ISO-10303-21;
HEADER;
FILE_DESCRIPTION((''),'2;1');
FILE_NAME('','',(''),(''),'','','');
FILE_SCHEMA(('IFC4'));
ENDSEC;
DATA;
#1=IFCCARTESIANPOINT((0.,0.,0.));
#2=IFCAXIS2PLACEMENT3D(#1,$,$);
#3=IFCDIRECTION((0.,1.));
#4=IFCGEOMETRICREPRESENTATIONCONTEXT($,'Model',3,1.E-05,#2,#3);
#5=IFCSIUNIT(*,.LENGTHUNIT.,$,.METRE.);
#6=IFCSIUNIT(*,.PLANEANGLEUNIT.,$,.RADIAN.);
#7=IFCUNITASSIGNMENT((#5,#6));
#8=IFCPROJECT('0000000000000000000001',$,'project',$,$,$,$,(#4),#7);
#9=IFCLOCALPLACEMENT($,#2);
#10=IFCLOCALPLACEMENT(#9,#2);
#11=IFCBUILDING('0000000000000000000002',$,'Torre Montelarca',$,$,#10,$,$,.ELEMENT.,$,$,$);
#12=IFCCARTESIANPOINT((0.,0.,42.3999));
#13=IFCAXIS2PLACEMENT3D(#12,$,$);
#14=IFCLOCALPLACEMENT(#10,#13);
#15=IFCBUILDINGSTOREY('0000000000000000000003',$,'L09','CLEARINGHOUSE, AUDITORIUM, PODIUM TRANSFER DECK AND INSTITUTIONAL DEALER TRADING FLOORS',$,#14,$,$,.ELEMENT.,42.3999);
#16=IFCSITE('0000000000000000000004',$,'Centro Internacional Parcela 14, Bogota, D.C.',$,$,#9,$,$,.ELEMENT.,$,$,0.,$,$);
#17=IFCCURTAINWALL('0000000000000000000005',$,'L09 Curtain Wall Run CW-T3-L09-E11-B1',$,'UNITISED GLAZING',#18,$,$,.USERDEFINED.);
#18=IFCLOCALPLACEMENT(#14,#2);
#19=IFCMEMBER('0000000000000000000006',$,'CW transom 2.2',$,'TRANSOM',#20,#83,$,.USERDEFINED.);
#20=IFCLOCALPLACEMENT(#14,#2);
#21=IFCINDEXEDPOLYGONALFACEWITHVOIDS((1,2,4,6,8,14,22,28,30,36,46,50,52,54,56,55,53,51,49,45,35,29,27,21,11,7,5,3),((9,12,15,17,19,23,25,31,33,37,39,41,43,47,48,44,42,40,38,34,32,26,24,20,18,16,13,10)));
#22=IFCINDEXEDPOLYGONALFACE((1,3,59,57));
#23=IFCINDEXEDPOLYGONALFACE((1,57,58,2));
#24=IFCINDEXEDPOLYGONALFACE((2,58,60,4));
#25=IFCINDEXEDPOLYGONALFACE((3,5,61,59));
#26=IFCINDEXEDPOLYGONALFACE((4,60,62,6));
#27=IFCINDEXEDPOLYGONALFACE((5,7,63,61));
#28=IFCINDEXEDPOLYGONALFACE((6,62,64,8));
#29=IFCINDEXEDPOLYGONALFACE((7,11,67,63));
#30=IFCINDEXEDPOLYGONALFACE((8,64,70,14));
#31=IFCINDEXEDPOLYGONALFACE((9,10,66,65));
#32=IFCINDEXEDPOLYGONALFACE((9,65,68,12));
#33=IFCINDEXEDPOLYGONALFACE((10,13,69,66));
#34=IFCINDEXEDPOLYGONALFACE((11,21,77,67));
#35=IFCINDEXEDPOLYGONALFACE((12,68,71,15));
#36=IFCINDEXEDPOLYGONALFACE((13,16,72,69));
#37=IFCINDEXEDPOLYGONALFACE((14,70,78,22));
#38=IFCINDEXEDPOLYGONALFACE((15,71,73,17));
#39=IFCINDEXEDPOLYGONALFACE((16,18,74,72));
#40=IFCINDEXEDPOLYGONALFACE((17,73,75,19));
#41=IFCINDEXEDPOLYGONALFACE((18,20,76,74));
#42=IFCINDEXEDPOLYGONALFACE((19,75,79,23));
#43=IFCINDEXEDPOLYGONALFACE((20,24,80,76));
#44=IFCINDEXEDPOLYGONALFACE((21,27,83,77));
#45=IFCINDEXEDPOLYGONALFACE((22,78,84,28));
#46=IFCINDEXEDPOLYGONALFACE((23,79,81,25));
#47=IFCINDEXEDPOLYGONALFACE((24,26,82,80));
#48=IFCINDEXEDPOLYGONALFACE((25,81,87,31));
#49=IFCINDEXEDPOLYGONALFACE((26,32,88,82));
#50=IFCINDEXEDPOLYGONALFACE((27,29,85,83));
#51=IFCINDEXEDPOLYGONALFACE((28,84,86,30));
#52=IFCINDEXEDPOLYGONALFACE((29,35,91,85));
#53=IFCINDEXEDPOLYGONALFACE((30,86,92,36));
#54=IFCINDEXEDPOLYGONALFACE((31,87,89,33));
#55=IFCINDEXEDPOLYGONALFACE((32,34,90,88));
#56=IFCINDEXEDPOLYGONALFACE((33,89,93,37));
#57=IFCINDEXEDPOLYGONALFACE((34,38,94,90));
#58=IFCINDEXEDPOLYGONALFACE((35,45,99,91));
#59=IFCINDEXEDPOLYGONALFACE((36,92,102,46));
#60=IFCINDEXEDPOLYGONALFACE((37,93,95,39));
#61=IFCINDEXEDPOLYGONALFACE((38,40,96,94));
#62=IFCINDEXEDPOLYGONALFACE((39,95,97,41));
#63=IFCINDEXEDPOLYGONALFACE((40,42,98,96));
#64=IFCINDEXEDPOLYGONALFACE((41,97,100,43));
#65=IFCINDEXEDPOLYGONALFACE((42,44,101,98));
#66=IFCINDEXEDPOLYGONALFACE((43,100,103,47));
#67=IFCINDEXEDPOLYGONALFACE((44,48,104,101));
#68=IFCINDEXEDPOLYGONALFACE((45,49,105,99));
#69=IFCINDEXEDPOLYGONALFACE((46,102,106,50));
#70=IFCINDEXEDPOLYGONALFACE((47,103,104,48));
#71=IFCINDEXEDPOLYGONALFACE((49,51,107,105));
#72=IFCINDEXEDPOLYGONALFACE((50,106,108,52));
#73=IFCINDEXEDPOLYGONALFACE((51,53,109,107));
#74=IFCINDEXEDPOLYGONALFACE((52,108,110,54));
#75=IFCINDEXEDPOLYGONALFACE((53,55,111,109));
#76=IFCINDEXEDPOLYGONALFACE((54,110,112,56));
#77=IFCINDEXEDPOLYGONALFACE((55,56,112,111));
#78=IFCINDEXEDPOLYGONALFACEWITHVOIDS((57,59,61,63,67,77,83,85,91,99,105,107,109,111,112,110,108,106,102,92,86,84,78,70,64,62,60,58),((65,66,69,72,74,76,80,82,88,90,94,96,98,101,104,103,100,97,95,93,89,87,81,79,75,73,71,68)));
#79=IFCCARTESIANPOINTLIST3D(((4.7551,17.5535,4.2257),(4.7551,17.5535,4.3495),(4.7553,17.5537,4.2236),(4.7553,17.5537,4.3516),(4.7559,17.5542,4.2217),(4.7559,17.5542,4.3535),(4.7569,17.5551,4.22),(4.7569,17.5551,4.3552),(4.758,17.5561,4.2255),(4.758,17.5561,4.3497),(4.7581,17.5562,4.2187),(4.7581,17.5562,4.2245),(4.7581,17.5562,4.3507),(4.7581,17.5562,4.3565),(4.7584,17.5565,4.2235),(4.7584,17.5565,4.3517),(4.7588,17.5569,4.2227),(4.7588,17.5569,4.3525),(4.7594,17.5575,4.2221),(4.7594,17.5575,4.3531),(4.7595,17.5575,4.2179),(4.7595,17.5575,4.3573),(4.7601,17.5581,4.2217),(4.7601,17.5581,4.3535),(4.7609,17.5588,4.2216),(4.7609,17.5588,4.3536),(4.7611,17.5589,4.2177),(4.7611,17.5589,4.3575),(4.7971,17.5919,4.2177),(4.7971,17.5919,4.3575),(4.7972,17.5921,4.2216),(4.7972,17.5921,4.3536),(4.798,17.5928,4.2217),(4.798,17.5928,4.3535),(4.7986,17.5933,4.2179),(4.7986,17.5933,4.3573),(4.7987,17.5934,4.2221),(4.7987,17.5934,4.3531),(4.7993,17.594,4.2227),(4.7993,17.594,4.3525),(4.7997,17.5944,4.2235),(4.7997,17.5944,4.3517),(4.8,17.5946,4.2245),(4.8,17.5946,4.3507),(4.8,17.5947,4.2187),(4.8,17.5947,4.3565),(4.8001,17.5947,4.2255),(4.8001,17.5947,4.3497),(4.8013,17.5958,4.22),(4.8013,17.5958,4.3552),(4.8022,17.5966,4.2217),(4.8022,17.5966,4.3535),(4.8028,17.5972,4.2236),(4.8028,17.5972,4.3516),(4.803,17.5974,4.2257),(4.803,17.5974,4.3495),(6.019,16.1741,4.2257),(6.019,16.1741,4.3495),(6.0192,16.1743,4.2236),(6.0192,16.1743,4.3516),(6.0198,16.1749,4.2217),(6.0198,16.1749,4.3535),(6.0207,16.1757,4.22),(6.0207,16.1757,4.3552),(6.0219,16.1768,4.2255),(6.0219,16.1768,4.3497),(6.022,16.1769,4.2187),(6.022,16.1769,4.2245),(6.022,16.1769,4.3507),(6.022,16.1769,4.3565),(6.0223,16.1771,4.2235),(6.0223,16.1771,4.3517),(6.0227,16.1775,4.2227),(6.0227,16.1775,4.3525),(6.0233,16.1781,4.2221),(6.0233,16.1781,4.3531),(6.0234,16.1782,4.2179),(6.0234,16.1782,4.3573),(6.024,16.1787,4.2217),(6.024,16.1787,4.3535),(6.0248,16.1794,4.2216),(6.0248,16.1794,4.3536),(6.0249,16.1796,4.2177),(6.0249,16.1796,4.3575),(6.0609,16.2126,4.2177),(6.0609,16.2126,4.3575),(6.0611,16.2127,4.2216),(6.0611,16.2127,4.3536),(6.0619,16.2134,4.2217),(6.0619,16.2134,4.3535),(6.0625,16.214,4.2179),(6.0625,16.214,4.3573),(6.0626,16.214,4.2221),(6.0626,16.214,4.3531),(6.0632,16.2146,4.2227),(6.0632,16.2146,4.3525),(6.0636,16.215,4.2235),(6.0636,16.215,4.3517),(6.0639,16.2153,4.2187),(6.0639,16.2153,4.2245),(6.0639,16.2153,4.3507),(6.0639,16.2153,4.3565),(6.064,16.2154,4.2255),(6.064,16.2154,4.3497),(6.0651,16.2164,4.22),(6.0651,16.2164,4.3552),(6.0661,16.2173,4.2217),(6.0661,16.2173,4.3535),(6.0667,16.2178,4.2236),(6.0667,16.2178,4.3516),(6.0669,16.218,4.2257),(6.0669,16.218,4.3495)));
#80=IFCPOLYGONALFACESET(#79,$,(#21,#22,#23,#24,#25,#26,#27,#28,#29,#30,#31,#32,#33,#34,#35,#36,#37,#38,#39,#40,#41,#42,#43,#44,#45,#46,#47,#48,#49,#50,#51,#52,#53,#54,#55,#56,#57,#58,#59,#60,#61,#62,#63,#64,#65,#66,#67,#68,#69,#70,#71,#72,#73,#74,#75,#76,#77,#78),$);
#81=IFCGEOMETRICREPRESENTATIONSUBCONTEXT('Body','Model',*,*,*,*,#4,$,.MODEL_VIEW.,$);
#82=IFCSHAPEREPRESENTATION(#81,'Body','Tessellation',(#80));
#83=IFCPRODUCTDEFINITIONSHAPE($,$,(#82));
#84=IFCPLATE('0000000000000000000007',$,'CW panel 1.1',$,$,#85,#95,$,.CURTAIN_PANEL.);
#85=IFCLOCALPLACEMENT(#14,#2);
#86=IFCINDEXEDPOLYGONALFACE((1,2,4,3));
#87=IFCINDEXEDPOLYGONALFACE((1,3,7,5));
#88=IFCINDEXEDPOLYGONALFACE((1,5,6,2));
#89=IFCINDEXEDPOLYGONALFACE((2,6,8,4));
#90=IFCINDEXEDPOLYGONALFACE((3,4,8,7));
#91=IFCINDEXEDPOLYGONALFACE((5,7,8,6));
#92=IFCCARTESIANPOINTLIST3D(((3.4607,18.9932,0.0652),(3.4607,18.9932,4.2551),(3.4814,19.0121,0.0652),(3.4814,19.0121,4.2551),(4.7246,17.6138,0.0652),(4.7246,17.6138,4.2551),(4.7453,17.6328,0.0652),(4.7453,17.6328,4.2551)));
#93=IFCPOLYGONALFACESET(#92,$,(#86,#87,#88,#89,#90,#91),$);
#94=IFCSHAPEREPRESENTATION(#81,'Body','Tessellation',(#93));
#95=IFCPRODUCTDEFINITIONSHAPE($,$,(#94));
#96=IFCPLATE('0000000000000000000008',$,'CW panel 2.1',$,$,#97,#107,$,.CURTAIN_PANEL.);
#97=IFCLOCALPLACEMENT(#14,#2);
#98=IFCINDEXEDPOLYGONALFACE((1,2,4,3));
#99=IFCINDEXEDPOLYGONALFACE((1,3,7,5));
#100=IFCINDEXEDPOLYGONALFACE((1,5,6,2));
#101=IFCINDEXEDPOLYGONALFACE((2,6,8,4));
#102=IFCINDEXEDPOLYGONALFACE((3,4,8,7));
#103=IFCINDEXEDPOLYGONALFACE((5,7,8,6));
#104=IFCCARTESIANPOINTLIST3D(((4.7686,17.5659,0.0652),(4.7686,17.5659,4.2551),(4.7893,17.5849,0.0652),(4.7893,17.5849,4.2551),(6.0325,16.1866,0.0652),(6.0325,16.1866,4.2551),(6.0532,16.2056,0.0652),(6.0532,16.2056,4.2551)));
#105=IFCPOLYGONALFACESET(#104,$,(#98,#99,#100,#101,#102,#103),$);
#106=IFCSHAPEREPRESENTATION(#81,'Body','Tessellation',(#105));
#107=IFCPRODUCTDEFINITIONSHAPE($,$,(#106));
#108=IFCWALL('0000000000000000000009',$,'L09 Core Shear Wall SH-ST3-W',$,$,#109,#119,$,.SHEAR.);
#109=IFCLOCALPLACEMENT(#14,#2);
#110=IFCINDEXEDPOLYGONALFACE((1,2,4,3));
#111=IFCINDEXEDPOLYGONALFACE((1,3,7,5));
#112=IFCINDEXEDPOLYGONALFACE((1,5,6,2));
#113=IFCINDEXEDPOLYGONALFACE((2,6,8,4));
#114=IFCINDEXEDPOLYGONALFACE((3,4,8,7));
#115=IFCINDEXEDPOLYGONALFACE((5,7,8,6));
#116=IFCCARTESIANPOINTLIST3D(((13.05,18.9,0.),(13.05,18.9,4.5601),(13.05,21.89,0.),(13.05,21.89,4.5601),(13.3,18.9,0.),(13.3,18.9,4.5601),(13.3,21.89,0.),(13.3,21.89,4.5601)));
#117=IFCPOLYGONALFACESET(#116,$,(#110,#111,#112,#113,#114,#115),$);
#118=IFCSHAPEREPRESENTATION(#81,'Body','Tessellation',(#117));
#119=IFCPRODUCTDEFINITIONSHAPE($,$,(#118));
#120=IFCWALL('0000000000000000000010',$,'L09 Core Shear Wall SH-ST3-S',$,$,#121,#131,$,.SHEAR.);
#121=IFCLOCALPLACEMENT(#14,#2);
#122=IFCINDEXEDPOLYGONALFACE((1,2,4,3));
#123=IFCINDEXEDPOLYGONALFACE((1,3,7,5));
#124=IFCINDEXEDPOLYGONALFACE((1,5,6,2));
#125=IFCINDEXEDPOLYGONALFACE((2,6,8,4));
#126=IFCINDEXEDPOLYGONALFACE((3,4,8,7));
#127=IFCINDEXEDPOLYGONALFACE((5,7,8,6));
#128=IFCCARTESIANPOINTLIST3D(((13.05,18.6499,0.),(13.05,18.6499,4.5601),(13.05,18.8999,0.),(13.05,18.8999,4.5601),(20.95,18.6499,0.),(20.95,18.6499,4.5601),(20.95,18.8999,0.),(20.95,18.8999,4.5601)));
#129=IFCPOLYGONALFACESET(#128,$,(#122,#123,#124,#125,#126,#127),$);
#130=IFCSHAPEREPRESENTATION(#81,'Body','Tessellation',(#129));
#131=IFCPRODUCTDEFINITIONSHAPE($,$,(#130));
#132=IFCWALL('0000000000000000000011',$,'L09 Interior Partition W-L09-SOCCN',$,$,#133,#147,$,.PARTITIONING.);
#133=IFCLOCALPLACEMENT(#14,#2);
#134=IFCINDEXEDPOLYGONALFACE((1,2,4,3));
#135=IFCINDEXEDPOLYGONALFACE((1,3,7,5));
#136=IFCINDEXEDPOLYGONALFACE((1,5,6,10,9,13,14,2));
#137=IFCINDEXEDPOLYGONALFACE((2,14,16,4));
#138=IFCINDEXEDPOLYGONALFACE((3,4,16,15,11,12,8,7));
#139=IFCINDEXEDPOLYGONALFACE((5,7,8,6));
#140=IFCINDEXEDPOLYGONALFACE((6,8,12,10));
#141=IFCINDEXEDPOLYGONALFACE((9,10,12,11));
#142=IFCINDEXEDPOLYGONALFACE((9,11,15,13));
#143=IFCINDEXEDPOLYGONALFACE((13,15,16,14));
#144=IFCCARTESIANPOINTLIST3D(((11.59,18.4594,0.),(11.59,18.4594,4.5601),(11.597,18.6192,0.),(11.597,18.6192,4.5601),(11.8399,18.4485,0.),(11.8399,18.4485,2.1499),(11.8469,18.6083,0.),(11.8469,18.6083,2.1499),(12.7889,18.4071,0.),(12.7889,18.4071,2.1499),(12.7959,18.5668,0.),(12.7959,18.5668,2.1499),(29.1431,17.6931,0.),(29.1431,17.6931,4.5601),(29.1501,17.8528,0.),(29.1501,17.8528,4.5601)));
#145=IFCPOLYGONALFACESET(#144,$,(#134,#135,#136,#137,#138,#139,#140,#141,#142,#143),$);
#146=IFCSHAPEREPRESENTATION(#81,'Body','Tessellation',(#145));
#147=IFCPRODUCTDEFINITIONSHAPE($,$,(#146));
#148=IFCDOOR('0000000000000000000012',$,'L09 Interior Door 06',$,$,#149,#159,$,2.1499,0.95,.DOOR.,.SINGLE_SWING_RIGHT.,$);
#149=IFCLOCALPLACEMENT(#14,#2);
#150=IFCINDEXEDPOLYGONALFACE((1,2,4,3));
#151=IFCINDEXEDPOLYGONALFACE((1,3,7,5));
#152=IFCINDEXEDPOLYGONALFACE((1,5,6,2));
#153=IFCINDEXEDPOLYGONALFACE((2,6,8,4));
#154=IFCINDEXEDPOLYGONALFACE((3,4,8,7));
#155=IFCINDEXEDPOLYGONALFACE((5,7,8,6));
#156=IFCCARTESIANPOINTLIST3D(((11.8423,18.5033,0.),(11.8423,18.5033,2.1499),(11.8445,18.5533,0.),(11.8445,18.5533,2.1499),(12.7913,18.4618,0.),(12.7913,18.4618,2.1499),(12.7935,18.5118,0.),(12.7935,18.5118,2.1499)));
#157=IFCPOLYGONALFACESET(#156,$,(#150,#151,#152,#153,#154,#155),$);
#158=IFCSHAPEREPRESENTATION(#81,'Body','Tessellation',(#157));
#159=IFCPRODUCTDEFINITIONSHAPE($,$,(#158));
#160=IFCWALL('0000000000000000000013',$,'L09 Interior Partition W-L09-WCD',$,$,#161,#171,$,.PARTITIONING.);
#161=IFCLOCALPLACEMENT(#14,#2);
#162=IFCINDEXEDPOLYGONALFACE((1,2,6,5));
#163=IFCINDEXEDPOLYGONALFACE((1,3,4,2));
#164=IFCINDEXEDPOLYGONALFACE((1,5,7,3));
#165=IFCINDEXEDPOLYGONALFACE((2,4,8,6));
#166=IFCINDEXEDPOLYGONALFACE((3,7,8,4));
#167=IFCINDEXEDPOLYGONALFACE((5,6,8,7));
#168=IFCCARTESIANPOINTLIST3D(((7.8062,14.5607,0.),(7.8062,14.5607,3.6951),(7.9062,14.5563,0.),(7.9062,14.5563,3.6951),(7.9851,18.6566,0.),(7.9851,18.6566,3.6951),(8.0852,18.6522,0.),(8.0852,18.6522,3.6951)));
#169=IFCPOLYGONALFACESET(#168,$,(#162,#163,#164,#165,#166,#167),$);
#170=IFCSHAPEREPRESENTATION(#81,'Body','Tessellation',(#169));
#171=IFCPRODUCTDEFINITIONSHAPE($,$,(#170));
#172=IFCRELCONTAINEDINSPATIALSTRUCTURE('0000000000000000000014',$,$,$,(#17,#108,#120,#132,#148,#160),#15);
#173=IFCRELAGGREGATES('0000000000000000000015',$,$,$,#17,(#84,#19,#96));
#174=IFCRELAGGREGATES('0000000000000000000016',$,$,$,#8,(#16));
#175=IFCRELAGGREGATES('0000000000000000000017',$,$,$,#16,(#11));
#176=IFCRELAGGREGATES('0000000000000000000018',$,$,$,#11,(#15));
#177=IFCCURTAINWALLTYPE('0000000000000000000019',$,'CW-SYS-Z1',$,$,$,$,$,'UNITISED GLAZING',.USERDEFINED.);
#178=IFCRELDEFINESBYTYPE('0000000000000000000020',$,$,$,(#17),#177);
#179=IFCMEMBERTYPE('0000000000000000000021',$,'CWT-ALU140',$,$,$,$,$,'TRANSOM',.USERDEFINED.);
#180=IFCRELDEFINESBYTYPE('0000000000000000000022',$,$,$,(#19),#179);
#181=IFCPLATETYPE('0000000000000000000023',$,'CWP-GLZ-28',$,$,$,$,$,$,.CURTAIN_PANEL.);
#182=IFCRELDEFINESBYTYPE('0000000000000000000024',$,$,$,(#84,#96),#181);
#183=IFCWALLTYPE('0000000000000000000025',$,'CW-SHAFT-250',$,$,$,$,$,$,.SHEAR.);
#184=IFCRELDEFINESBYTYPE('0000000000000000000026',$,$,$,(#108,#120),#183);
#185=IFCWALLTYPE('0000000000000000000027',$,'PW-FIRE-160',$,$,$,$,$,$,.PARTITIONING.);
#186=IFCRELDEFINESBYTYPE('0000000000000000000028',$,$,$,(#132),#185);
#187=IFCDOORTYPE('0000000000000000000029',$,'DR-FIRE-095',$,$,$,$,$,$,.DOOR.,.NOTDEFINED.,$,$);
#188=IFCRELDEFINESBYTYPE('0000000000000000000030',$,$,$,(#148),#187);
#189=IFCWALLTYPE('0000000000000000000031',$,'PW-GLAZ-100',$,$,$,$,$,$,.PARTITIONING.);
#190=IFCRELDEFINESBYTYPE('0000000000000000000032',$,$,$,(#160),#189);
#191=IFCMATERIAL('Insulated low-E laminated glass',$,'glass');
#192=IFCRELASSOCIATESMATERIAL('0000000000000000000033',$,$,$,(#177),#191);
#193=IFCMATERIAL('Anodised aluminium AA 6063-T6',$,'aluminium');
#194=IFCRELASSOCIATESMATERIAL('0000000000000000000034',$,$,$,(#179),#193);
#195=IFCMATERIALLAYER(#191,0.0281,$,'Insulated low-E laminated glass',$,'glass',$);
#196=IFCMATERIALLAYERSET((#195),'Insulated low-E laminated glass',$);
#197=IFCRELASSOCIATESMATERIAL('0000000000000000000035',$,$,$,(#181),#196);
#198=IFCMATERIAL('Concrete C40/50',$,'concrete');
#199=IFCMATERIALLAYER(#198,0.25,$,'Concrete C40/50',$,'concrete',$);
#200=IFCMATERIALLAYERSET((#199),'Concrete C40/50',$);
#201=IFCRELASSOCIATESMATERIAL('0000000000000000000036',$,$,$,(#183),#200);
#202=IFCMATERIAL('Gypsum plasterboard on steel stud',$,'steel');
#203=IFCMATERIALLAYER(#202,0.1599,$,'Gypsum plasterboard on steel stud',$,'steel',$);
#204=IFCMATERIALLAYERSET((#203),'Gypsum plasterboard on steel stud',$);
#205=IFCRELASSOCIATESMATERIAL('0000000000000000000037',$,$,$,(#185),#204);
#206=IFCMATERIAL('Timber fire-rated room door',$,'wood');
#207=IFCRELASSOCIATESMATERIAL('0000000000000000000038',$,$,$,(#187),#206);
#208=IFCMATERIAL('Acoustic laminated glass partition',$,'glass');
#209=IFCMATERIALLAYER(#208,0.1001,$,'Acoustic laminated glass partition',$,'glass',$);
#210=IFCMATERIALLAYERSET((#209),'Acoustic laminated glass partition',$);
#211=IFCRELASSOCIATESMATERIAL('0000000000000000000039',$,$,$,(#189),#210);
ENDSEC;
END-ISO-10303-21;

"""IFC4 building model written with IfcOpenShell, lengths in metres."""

from ifc_helpers import new_model, si_unit, direction, frame, frame_2d, origin, origin_2d, place, context, subcontext, project, spatial, rectangle, hollow_rectangle, extrude, source, transform, mapped, material, layer, layer_set, material_profile, profile_set, type_object, element, fill, aggregate, save


model = new_model("IFC4")

# Units and contexts
model_context = context("Model", 3, precision=1e-05, world=origin(), true_north=direction((0.0, 1.0)))
body_context = subcontext(model_context, "Body", "Model", "MODEL_VIEW")
ifc_project = project(units=[si_unit("LENGTHUNIT", "METRE"), si_unit("PLANEANGLEUNIT", "RADIAN")], contexts=[model_context])

# Site, building, storey
site_placement = place(None, origin())
site = spatial("IfcSite", under=ifc_project, at=site_placement, Name="Centro Internacional Parcela 14, Bogota, D.C.", CompositionType="ELEMENT", RefElevation=0.0)
building_placement = place(site_placement, origin())
building = spatial("IfcBuilding", under=site, at=building_placement, Name="Torre Montelarca", CompositionType="ELEMENT")
storey_placement = place(building_placement, frame((0.0, 0.0, 42.3999)))
storey = spatial("IfcBuildingStorey", under=building, at=storey_placement, Name="L09", Description="CLEARINGHOUSE, AUDITORIUM, PODIUM TRANSFER DECK AND INSTITUTIONAL DEALER TRADING FLOORS", CompositionType="ELEMENT", Elevation=42.3999)

# Shared definitions
ifc_material_1 = material(Name="Insulated low-E laminated glass", Category="glass")
curtain_wall_type = type_object("IfcCurtainWallType", Name="CW-SYS-Z1", ElementType="UNITISED GLAZING", PredefinedType="USERDEFINED", material=ifc_material_1)
ifc_material_2 = material(Name="Anodised aluminium AA 6063-T6", Category="aluminium")

# Curtain wall, member, plates
curtain_wall_1_placement = place(storey_placement, origin())
curtain_wall_1 = element("IfcCurtainWall", 1, at=curtain_wall_1_placement, inside=storey, type_object=curtain_wall_type, Name="L09 Curtain Wall Run CW-T3-L09-E11-B1", ObjectType="UNITISED GLAZING", PredefinedType="USERDEFINED")
ifc_material_profile_1 = material_profile(ifc_material_2, hollow_rectangle(XDim=0.0649, YDim=0.1399, WallThickness=0.0039, InnerFilletRadius=0.0039, OuterFilletRadius=0.0081, at=origin_2d()), Name="ALU65X140X4", Category="aluminium")
ifc_profile_set_1 = profile_set([ifc_material_profile_1], Name="Anodised aluminium AA 6063-T6")
member_type_1 = type_object("IfcMemberType", Name="CWT-ALU140", ElementType="TRANSOM", PredefinedType="USERDEFINED", material=ifc_profile_set_1)
shared_shape_1 = source(origin(), body_context, "Body", "SweptSolid", [
    extrude(hollow_rectangle(XDim=0.0649, YDim=0.1399, WallThickness=0.0039, InnerFilletRadius=0.0039, OuterFilletRadius=0.0081, at=origin_2d()), origin(), (0.0, 0.0, 1.0), 1.8708),
])
member_1_placement = place(storey_placement, frame((4.7791, 17.5754, 4.2876), z_axis=(0.675571, -0.737295, 0.0), x_axis=(0.737295, 0.675571, 0.0)))
member_1 = element("IfcMember", 2, at=member_1_placement, type_object=member_type_1, Name="CW transom 2.2", ObjectType="TRANSOM", PredefinedType="USERDEFINED", context=body_context, shape_type="MappedRepresentation", body=[
    mapped(shared_shape_1, transform((0.0, 0.0, 0.0), scale=1.0)),
])
ifc_layer_1 = layer(ifc_material_1, 0.0281, Name="Insulated low-E laminated glass", Category="glass")
ifc_layer_set_1 = layer_set([ifc_layer_1], Name="Insulated low-E laminated glass")
plate_type = type_object("IfcPlateType", Name="CWP-GLZ-28", PredefinedType="CURTAIN_PANEL", material=ifc_layer_set_1)
shared_shape_2 = source(origin(), body_context, "Body", "SweptSolid", [
    extrude(rectangle(XDim=1.8708, YDim=0.0281, at=origin_2d()), origin(), (0.0, 0.0, 1.0), 4.1899),
])
plate_1_placement = place(storey_placement, frame((4.103, 18.313, 0.0652), z_axis=(0.0, 0.0, 1.0), x_axis=(0.675583, -0.737284, 0.0)))
plate_1 = element("IfcPlate", 3, at=plate_1_placement, type_object=plate_type, Name="CW panel 1.1", PredefinedType="CURTAIN_PANEL", context=body_context, shape_type="MappedRepresentation", body=[
    mapped(shared_shape_2, transform((0.0, 0.0, 0.0), scale=1.0)),
])
plate_2_placement = place(storey_placement, frame((5.4109, 16.8857, 0.0652), z_axis=(0.0, 0.0, 1.0), x_axis=(0.675583, -0.737284, 0.0)))
plate_2 = element("IfcPlate", 4, at=plate_2_placement, type_object=plate_type, Name="CW panel 2.1", PredefinedType="CURTAIN_PANEL", context=body_context, shape_type="MappedRepresentation", body=[
    mapped(shared_shape_2, transform((0.0, 0.0, 0.0), scale=1.0)),
])
aggregate(curtain_wall_1, [plate_1, member_1, plate_2])

# Walls
ifc_material_3 = material(Name="Concrete C40/50", Category="concrete")
ifc_layer_2 = layer(ifc_material_3, 0.25, Name="Concrete C40/50", Category="concrete")
ifc_layer_set_2 = layer_set([ifc_layer_2], Name="Concrete C40/50")
wall_type_1 = type_object("IfcWallType", Name="CW-SHAFT-250", PredefinedType="SHEAR", material=ifc_layer_set_2)
wall_1_placement = place(storey_placement, frame((13.175, 18.8999, 0.0), z_axis=(0.0, 0.0, 1.0), x_axis=(0.0, 1.0, 0.0)))
element("IfcWall", 5, at=wall_1_placement, inside=storey, type_object=wall_type_1, Name="L09 Core Shear Wall SH-ST3-W", PredefinedType="SHEAR", context=body_context, shape_type="SweptSolid", body=[
    extrude(rectangle(XDim=2.99, YDim=0.25, at=frame_2d((1.4951, 0.0))), origin(), (0.0, 0.0, 1.0), 4.5601),
])
wall_2_placement = place(storey_placement, frame((13.05, 18.7749, 0.0), z_axis=(0.0, 0.0, 1.0), x_axis=(1.0, 0.0, 0.0)))
element("IfcWall", 6, at=wall_2_placement, inside=storey, type_object=wall_type_1, Name="L09 Core Shear Wall SH-ST3-S", PredefinedType="SHEAR", context=body_context, shape_type="SweptSolid", body=[
    extrude(rectangle(XDim=7.8999, YDim=0.25, at=frame_2d((3.95, 0.0))), origin(), (0.0, 0.0, 1.0), 4.5601),
])

# Wall, opening, door
ifc_material_4 = material(Name="Gypsum plasterboard on steel stud", Category="steel")
ifc_layer_3 = layer(ifc_material_4, 0.1599, Name="Gypsum plasterboard on steel stud", Category="steel")
ifc_layer_set_3 = layer_set([ifc_layer_3], Name="Gypsum plasterboard on steel stud")
wall_type_2 = type_object("IfcWallType", Name="PW-FIRE-160", PredefinedType="PARTITIONING", material=ifc_layer_set_3)
wall_3_placement = place(storey_placement, frame((11.5935, 18.5393, 0.0), z_axis=(0.0, 0.0, 1.0), x_axis=(0.999048, -0.043618, 0.0)))
wall_3 = element("IfcWall", 7, at=wall_3_placement, inside=storey, type_object=wall_type_2, Name="L09 Interior Partition W-L09-SOCCN", PredefinedType="PARTITIONING", context=body_context, shape_type="SweptSolid", body=[
    extrude(rectangle(XDim=17.5698, YDim=0.1599, at=frame_2d((8.7849, 0.0))), origin(), (0.0, 0.0, 1.0), 4.5601),
])
opening_1_placement = place(wall_3_placement, frame((0.25, 0.0, 0.0)))
opening_1 = element("IfcOpeningElement", 8, at=opening_1_placement, cuts=wall_3, PredefinedType="OPENING", context=body_context, shape_type="SweptSolid", body=[
    extrude(rectangle(XDim=0.95, YDim=2.1499, at=frame_2d((0.4751, 1.075))), frame((0.0, 0.0898, 0.0), z_axis=(0.0, -1.0, 0.0), x_axis=(1.0, 0.0, 0.0)), (0.0, 0.0, 1.0), 0.1799),
])
ifc_material_5 = material(Name="Timber fire-rated room door", Category="wood")
door_type_1 = type_object("IfcDoorType", Name="DR-FIRE-095", OperationType="NOTDEFINED", PredefinedType="DOOR", material=ifc_material_5)
shared_shape_3 = source(origin(), body_context, "Body", "SweptSolid", [
    extrude(rectangle(XDim=0.95, YDim=2.1499, at=frame_2d((0.4751, 1.075))), frame((0.0, 0.0249, 0.0), z_axis=(0.0, -1.0, 0.0), x_axis=(1.0, 0.0, 0.0)), (0.0, 0.0, 1.0), 0.05),
])
door_1_placement = place(opening_1_placement, origin())
door_1 = element("IfcDoor", 9, at=door_1_placement, inside=storey, type_object=door_type_1, Name="L09 Interior Door 06", OperationType="SINGLE_SWING_RIGHT", OverallHeight=2.1499, OverallWidth=0.95, PredefinedType="DOOR", context=body_context, shape_type="MappedRepresentation", body=[
    mapped(shared_shape_3, transform((0.0, 0.0, 0.0), scale=1.0)),
])
fill(opening_1, door_1)

# Wall
ifc_material_6 = material(Name="Acoustic laminated glass partition", Category="glass")
ifc_layer_4 = layer(ifc_material_6, 0.1001, Name="Acoustic laminated glass partition", Category="glass")
ifc_layer_set_4 = layer_set([ifc_layer_4], Name="Acoustic laminated glass partition")
wall_type_3 = type_object("IfcWallType", Name="PW-GLAZ-100", PredefinedType="PARTITIONING", material=ifc_layer_set_4)
wall_4_placement = place(storey_placement, frame((7.8562, 14.5586, 0.0), z_axis=(0.0, 0.0, 1.0), x_axis=(0.043649, 0.999047, 0.0)))
element("IfcWall", 10, at=wall_4_placement, inside=storey, type_object=wall_type_3, Name="L09 Interior Partition W-L09-WCD", PredefinedType="PARTITIONING", context=body_context, shape_type="SweptSolid", body=[
    extrude(rectangle(XDim=4.0999, YDim=0.1001, at=frame_2d((2.0498, 0.0))), origin(), (0.0, 0.0, 1.0), 3.6951),
])

save(model, "model.ifc")
